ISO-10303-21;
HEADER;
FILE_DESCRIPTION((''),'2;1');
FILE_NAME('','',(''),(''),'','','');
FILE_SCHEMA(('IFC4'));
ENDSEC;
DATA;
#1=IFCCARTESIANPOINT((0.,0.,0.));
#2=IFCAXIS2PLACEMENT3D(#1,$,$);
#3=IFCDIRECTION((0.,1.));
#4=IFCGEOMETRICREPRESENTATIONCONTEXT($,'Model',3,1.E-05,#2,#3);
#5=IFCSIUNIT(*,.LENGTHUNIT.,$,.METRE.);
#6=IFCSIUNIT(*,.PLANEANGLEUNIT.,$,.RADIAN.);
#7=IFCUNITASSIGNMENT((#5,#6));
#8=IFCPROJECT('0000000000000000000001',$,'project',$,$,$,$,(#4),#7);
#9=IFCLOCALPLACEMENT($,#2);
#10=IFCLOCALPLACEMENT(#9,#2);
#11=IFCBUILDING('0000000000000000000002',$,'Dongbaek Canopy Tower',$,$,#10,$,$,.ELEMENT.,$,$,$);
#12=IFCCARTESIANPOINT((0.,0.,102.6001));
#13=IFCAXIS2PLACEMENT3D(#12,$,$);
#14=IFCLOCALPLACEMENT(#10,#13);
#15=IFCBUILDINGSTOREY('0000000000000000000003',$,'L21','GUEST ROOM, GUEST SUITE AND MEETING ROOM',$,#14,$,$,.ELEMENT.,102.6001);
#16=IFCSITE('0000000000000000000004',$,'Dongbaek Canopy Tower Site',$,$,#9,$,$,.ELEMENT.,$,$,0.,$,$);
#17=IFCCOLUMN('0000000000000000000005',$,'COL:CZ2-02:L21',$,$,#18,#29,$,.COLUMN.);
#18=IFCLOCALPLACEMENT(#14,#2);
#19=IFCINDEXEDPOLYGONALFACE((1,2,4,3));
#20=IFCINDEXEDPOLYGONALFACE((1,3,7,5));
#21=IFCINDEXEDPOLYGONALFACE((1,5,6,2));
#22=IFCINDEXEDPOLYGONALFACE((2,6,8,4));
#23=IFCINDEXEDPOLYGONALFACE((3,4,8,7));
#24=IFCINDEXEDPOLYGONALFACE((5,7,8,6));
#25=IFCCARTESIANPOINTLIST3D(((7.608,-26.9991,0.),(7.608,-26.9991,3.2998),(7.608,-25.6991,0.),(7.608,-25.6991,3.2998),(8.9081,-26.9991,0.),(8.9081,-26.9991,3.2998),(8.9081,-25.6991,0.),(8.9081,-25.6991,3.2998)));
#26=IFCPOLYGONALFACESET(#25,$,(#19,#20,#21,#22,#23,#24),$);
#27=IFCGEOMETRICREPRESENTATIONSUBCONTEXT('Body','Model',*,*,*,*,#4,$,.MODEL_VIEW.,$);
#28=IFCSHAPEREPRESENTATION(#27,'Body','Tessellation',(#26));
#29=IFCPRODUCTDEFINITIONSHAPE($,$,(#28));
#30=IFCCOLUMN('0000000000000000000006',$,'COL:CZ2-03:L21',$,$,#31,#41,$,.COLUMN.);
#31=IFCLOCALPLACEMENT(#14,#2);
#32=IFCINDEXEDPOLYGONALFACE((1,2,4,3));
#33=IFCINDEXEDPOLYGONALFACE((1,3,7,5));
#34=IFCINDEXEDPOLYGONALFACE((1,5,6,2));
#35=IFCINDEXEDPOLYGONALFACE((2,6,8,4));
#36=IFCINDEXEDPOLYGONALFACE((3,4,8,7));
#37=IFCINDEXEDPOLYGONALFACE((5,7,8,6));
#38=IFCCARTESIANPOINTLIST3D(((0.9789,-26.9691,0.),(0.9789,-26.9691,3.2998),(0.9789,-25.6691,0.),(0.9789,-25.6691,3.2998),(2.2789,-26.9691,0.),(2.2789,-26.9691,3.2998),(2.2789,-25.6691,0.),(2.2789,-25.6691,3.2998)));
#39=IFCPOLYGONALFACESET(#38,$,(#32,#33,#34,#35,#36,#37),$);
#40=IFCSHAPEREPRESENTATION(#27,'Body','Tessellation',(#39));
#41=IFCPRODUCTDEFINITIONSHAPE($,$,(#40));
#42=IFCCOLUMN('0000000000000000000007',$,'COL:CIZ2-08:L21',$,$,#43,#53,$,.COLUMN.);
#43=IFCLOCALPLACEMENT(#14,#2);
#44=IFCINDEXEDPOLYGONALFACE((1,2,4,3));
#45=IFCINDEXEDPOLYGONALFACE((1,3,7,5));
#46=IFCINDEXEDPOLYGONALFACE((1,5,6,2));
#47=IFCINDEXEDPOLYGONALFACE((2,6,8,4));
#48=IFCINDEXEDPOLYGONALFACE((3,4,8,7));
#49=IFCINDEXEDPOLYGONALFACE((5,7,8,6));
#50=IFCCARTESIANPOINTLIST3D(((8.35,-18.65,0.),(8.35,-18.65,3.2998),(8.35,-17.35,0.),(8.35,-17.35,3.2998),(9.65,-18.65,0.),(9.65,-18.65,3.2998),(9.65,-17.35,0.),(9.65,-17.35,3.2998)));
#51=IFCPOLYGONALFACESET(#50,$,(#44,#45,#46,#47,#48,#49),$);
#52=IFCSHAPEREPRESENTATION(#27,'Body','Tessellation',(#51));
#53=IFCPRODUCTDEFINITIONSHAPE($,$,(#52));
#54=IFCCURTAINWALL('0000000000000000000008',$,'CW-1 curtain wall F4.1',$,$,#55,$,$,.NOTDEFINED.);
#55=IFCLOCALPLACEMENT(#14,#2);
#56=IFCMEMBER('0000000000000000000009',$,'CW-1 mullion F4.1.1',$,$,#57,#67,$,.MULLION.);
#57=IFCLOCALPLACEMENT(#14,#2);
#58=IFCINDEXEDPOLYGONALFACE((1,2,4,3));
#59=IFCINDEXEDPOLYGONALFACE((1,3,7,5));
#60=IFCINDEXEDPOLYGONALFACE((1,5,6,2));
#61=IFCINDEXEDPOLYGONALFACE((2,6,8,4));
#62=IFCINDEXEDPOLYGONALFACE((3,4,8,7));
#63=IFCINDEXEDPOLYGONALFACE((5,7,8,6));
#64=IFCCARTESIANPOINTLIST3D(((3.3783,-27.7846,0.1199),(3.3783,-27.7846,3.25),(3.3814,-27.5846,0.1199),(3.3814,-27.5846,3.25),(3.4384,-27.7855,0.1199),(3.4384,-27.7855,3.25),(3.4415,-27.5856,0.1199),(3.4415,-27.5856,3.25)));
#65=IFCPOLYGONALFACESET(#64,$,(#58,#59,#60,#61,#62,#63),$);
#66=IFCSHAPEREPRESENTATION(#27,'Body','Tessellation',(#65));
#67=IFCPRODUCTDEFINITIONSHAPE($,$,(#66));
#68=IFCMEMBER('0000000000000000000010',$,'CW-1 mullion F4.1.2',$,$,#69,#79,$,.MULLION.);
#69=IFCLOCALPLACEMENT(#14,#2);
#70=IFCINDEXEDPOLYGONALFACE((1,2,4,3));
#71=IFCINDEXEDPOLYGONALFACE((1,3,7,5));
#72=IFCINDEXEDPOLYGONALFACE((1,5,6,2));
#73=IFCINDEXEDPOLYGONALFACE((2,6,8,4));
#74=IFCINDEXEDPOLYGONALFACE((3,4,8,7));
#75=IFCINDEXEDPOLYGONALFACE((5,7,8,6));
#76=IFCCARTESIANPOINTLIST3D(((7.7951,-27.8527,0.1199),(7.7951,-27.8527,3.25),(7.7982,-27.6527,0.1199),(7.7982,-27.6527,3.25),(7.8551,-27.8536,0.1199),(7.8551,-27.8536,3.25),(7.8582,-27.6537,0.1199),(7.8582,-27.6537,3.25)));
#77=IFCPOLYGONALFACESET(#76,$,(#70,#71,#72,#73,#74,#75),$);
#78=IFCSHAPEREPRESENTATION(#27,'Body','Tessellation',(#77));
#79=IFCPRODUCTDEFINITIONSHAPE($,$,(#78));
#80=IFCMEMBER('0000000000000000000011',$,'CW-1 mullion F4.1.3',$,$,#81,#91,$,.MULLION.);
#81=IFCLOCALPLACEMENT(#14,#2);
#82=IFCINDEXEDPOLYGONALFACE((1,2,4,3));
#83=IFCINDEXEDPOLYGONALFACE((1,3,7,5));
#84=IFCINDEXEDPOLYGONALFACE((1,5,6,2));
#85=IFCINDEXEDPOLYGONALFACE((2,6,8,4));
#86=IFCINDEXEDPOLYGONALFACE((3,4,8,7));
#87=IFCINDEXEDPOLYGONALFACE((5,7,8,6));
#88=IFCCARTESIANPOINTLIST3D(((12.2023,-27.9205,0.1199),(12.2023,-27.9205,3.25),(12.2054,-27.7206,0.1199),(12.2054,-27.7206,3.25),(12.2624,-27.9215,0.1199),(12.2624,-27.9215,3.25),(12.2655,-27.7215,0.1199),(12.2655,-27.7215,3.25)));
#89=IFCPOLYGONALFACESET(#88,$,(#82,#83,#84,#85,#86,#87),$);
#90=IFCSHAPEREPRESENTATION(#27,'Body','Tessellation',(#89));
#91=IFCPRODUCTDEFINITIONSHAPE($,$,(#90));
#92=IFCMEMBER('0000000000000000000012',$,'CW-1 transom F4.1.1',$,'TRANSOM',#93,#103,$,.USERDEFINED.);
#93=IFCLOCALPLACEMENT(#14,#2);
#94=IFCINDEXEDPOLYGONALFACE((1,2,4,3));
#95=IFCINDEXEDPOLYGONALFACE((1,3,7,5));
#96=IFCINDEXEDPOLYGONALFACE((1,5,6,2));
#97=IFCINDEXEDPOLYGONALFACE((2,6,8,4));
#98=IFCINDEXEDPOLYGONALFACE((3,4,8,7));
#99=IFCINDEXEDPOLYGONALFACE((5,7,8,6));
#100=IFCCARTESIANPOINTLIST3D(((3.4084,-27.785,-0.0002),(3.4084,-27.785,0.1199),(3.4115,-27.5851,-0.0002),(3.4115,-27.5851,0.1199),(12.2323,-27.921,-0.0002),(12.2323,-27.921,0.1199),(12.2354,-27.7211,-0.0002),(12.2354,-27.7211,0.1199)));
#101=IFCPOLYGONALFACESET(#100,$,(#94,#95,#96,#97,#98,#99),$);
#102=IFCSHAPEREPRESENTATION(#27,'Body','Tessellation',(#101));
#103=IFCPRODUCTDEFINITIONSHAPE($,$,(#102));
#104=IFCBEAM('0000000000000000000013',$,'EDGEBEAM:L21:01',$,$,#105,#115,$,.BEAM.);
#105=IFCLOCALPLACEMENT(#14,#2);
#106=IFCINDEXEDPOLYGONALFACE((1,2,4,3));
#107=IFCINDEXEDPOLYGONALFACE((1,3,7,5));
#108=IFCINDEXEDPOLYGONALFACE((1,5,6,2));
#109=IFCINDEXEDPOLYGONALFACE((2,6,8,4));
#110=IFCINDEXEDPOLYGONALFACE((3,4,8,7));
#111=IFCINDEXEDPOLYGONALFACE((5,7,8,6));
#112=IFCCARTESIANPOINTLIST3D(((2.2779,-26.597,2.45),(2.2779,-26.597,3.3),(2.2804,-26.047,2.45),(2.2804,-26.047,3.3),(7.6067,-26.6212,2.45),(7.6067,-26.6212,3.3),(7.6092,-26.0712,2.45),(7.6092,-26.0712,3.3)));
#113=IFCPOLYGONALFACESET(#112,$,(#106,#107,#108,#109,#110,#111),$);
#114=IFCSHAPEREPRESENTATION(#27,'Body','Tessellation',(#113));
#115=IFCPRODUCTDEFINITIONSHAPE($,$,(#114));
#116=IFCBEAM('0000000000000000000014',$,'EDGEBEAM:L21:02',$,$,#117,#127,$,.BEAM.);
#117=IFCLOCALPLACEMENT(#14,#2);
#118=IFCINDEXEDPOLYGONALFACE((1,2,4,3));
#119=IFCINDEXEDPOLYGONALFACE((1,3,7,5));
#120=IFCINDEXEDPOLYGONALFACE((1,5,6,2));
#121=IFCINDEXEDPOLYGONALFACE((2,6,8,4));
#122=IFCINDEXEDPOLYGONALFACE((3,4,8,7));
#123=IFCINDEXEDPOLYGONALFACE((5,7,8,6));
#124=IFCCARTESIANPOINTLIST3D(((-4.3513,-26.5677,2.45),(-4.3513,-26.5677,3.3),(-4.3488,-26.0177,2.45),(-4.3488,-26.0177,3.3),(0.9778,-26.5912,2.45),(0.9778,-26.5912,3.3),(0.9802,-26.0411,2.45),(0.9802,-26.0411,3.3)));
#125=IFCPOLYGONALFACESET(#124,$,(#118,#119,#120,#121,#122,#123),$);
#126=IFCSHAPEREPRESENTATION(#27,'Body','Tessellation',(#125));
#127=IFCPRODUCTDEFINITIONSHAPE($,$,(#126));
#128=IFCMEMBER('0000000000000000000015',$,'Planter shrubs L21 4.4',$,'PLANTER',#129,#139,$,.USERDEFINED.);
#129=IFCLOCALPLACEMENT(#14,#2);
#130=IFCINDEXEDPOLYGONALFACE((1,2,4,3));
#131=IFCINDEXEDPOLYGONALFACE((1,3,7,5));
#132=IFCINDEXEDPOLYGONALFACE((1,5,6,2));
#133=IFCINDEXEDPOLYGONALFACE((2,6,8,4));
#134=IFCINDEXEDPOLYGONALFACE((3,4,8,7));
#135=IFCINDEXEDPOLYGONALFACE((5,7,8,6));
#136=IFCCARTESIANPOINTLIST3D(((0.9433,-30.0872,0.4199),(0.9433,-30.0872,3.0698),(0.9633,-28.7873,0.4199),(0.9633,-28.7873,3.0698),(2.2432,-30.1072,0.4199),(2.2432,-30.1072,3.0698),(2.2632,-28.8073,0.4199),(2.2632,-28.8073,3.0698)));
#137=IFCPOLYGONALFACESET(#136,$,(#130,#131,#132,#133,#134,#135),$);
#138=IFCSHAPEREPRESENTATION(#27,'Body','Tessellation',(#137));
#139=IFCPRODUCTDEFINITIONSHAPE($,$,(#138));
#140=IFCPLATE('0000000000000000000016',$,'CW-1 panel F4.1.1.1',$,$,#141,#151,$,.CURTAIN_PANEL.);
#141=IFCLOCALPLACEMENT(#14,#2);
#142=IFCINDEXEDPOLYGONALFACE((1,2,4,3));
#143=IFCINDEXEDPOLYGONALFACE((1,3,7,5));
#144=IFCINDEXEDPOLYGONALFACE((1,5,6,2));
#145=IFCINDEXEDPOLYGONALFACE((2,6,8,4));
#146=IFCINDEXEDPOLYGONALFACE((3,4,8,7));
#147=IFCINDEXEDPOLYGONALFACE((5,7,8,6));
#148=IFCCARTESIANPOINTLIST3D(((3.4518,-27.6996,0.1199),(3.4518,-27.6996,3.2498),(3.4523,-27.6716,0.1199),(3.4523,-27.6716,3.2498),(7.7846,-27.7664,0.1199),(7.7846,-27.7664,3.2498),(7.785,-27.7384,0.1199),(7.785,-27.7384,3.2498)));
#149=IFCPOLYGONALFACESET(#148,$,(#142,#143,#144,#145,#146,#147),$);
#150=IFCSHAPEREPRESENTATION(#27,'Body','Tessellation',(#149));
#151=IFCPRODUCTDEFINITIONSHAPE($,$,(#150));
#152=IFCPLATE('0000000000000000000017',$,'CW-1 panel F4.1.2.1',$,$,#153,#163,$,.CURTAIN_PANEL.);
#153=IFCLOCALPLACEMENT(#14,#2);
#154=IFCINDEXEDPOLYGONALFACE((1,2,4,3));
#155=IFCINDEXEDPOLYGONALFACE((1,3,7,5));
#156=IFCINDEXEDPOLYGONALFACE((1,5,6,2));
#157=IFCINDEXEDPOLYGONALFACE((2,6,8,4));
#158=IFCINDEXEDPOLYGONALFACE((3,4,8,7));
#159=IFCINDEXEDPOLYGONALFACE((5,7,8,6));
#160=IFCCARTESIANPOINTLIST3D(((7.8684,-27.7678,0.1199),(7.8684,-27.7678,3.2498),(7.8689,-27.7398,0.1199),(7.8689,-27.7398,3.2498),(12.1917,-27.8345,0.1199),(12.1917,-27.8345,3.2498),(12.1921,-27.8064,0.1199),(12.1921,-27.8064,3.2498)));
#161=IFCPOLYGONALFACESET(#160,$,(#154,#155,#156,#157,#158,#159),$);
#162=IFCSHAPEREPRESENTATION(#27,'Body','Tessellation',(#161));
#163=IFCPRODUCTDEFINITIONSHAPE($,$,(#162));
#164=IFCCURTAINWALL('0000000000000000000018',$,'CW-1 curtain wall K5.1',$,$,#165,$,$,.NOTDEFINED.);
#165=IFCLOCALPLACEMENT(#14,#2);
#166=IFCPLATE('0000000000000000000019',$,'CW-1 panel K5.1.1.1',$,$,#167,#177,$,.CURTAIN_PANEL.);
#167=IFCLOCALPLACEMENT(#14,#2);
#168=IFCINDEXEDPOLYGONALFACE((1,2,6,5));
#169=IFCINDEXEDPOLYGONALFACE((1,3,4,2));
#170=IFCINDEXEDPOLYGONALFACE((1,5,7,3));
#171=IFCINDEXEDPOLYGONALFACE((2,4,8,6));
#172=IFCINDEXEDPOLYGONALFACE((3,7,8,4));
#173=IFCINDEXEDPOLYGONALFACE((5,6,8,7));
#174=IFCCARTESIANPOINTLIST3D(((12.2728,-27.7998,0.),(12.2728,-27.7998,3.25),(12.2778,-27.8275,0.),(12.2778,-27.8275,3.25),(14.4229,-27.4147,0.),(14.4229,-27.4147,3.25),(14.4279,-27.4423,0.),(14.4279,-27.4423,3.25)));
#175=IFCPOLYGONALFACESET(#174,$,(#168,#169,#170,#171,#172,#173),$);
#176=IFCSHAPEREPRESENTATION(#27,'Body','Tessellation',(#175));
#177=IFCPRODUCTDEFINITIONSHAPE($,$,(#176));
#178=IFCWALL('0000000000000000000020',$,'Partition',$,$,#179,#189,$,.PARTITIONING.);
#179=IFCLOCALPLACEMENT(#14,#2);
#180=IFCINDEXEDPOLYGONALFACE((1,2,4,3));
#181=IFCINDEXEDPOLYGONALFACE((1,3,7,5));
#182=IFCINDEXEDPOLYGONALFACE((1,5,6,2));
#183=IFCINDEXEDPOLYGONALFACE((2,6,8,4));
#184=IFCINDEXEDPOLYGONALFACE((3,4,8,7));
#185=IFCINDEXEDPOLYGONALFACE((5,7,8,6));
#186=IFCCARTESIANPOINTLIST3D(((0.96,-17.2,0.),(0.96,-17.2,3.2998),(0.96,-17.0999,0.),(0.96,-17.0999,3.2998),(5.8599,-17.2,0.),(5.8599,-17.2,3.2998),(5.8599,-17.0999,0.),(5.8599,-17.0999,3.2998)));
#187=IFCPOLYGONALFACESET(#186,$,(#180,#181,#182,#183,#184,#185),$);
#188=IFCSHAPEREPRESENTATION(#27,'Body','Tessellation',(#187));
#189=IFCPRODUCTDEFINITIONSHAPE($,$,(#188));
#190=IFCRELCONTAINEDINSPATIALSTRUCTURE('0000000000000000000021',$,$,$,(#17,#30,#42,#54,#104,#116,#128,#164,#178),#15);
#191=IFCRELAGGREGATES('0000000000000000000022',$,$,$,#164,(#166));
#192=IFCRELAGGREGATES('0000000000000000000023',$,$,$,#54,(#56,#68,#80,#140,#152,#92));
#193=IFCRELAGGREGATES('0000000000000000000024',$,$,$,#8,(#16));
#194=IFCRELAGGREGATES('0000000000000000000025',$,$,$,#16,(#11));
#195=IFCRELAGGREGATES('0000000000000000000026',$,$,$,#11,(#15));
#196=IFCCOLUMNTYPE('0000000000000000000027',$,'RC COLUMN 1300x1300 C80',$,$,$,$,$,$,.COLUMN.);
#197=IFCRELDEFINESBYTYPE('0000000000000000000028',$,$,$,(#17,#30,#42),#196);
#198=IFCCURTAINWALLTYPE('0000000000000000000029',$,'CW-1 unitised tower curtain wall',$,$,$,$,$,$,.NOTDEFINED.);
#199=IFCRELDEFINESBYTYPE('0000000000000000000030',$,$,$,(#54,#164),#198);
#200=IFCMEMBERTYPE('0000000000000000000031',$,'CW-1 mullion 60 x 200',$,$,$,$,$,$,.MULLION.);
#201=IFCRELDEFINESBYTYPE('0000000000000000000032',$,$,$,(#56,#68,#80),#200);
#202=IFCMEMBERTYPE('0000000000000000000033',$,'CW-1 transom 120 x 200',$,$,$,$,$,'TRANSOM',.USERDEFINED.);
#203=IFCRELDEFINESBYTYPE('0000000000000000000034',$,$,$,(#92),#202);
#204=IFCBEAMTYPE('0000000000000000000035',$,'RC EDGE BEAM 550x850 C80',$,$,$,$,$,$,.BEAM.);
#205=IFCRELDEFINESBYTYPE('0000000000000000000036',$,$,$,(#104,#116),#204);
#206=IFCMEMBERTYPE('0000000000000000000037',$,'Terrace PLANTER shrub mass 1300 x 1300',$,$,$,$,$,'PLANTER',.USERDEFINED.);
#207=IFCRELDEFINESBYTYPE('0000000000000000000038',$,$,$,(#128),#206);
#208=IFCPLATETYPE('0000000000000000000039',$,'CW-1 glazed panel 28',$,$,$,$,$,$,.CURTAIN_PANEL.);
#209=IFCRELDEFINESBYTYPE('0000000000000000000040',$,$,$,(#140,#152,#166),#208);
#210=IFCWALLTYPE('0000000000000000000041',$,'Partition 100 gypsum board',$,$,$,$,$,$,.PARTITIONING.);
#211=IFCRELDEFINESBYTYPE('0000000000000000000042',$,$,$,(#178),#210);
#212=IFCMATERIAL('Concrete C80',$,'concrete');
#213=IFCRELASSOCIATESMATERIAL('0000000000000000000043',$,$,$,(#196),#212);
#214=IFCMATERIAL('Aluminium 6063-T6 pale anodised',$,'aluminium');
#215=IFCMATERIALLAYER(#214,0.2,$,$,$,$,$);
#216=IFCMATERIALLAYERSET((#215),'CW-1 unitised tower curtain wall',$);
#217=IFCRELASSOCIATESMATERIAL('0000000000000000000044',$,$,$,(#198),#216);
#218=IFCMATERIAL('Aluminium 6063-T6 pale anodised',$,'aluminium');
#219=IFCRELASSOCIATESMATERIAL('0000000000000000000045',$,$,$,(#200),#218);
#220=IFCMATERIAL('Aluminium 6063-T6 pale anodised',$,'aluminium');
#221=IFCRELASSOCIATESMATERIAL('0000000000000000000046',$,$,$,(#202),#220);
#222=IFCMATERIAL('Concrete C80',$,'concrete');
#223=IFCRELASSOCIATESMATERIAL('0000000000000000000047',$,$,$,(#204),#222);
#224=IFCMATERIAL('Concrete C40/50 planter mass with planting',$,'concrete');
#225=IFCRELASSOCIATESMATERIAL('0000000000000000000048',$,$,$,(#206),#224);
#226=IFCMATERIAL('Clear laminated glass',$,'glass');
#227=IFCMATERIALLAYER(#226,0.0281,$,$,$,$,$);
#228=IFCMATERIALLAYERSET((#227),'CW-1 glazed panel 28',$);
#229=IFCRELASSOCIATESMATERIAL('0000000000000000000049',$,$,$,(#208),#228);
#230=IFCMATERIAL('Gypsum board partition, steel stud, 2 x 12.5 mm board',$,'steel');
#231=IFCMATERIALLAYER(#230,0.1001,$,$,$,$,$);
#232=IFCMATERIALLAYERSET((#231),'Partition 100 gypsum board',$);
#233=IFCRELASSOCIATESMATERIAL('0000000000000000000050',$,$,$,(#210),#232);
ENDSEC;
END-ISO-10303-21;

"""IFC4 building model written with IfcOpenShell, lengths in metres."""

from ifc_helpers import new_model, si_unit, direction, frame, frame_2d, origin, origin_2d, place, context, subcontext, project, spatial, rectangle, extrude, material, layer, layer_set, material_profile, profile_set, type_object, element, aggregate, save


model = new_model("IFC4")

# Units and contexts
model_context = context("Model", 3, precision=1e-05, world=origin(), true_north=direction((0.0, 1.0)))
body_context = subcontext(model_context, "Body", "Model", "MODEL_VIEW")
ifc_project = project(units=[si_unit("LENGTHUNIT", "METRE"), si_unit("PLANEANGLEUNIT", "RADIAN")], contexts=[model_context])

# Site, building, storey
site_placement = place(None, origin())
site = spatial("IfcSite", under=ifc_project, at=site_placement, Name="Dongbaek Canopy Tower Site", CompositionType="ELEMENT", RefElevation=0.0)
building_placement = place(site_placement, origin())
building = spatial("IfcBuilding", under=site, at=building_placement, Name="Dongbaek Canopy Tower", CompositionType="ELEMENT")
storey_placement = place(building_placement, frame((0.0, 0.0, 102.6001)))
storey = spatial("IfcBuildingStorey", under=building, at=storey_placement, Name="L21", Description="GUEST ROOM, GUEST SUITE AND MEETING ROOM", CompositionType="ELEMENT", Elevation=102.6001)

# Columns
ifc_material_1 = material(Name="Concrete C80", Category="concrete")
ifc_material_profile_1 = material_profile(ifc_material_1, rectangle(XDim=1.3, YDim=1.3, at=origin_2d()), Name="RC COLUMN 1300x1300 C80")
ifc_profile_set_1 = profile_set([ifc_material_profile_1], Name="Concrete C80")
column_type = type_object("IfcColumnType", Name="RC COLUMN 1300x1300 C80", PredefinedType="COLUMN", material=ifc_profile_set_1)
for number, where, z_axis, x_axis, name in (
    (1, (8.2581, -26.3491, 0.0), (0.0, 0.0, 1.0), (1.0, 0.0, 0.0), "COL:CZ2-02:L21"),
    (2, (1.6289, -26.3191, 0.0), (0.0, 0.0, 1.0), (1.0, 0.0, 0.0), "COL:CZ2-03:L21"),
    (3, (9.0, -18.0, 0.0), (0.0, 0.0, 1.0), (1.0, 0.0, 0.0), "COL:CIZ2-08:L21"),
):
    element("IfcColumn", number, at=place(storey_placement, frame(where, z_axis=z_axis, x_axis=x_axis)), inside=storey, type_object=column_type, Name=name, PredefinedType="COLUMN", context=body_context, shape_type="SweptSolid", body=[
        extrude(rectangle(XDim=1.3, YDim=1.3, at=origin_2d()), origin(), (0.0, 0.0, 1.0), 3.2998),
    ])

# Curtain wall, members
ifc_material_2 = material(Name="Aluminium 6063-T6 pale anodised", Category="aluminium")
ifc_layer_1 = layer(ifc_material_2, 0.2)
ifc_layer_set_1 = layer_set([ifc_layer_1], Name="CW-1 unitised tower curtain wall")
curtain_wall_type = type_object("IfcCurtainWallType", Name="CW-1 unitised tower curtain wall", PredefinedType="NOTDEFINED", material=ifc_layer_set_1)
curtain_wall_1_placement = place(storey_placement, origin())
curtain_wall_1 = element("IfcCurtainWall", 4, at=curtain_wall_1_placement, inside=storey, type_object=curtain_wall_type, Name="CW-1 curtain wall F4.1", PredefinedType="NOTDEFINED")
ifc_material_3 = material(Name="Aluminium 6063-T6 pale anodised", Category="aluminium")
ifc_material_profile_2 = material_profile(ifc_material_3, rectangle(XDim=0.2, YDim=0.0601, at=origin_2d()), Name="CW-1 mullion 60 x 200")
ifc_profile_set_2 = profile_set([ifc_material_profile_2], Name="Aluminium 6063-T6 pale anodised")
member_type_1 = type_object("IfcMemberType", Name="CW-1 mullion 60 x 200", PredefinedType="MULLION", material=ifc_profile_set_2)
member_1_placement = place(storey_placement, frame((3.4099, -27.6851, 0.1199), z_axis=(0.0, 0.0, 1.0), x_axis=(-0.015413, -0.999881, 0.0)))
member_1 = element("IfcMember", 5, at=member_1_placement, type_object=member_type_1, Name="CW-1 mullion F4.1.1", PredefinedType="MULLION", context=body_context, shape_type="SweptSolid", body=[
    extrude(rectangle(XDim=0.2, YDim=0.0601, at=origin_2d()), origin(), (0.0, 0.0, 1.0), 3.1301),
])
member_2_placement = place(storey_placement, frame((7.8267, -27.7532, 0.1199), z_axis=(0.0, 0.0, 1.0), x_axis=(-0.015413, -0.999881, 0.0)))
member_2 = element("IfcMember", 6, at=member_2_placement, type_object=member_type_1, Name="CW-1 mullion F4.1.2", PredefinedType="MULLION", context=body_context, shape_type="SweptSolid", body=[
    extrude(rectangle(XDim=0.2, YDim=0.0601, at=origin_2d()), origin(), (0.0, 0.0, 1.0), 3.1301),
])
member_3_placement = place(storey_placement, frame((12.2339, -27.821, 0.1199), z_axis=(0.0, 0.0, 1.0), x_axis=(-0.015413, -0.999881, 0.0)))
member_3 = element("IfcMember", 7, at=member_3_placement, type_object=member_type_1, Name="CW-1 mullion F4.1.3", PredefinedType="MULLION", context=body_context, shape_type="SweptSolid", body=[
    extrude(rectangle(XDim=0.2, YDim=0.0601, at=origin_2d()), origin(), (0.0, 0.0, 1.0), 3.1301),
])
ifc_material_4 = material(Name="Aluminium 6063-T6 pale anodised", Category="aluminium")
ifc_material_profile_3 = material_profile(ifc_material_4, rectangle(XDim=0.2, YDim=0.1201, at=origin_2d()), Name="CW-1 transom 120 x 200")
ifc_profile_set_3 = profile_set([ifc_material_profile_3], Name="Aluminium 6063-T6 pale anodised")
member_type_2 = type_object("IfcMemberType", Name="CW-1 transom 120 x 200", ElementType="TRANSOM", PredefinedType="USERDEFINED", material=ifc_profile_set_3)
member_4_placement = place(storey_placement, frame((3.4099, -27.6851, 0.0598), z_axis=(0.999881, -0.015409, 0.0), x_axis=(0.015409, 0.999881, 0.0)))
member_4 = element("IfcMember", 8, at=member_4_placement, type_object=member_type_2, Name="CW-1 transom F4.1.1", ObjectType="TRANSOM", PredefinedType="USERDEFINED", context=body_context, shape_type="SweptSolid", body=[
    extrude(rectangle(XDim=0.2, YDim=0.1201, at=origin_2d()), origin(), (0.0, 0.0, 1.0), 8.825),
])

# Beams
ifc_material_5 = material(Name="Concrete C80", Category="concrete")
ifc_material_profile_4 = material_profile(ifc_material_5, rectangle(XDim=0.55, YDim=0.8501, at=origin_2d()), Name="RC EDGE BEAM 550x850 C80")
ifc_profile_set_4 = profile_set([ifc_material_profile_4], Name="Concrete C80")
beam_type = type_object("IfcBeamType", Name="RC EDGE BEAM 550x850 C80", PredefinedType="BEAM", material=ifc_profile_set_4)
beam_1_placement = place(storey_placement, frame((7.6079, -26.3462, 2.875), z_axis=(-0.99999, 0.004536, 0.0), x_axis=(-0.004536, -0.99999, 0.0)))
element("IfcBeam", 9, at=beam_1_placement, inside=storey, type_object=beam_type, Name="EDGEBEAM:L21:01", PredefinedType="BEAM", context=body_context, shape_type="SweptSolid", body=[
    extrude(rectangle(XDim=0.55, YDim=0.8501, at=origin_2d()), origin(), (0.0, 0.0, 1.0), 5.3289),
])
beam_2_placement = place(storey_placement, frame((0.979, -26.3162, 2.875), z_axis=(-0.99999, 0.004398, 0.0), x_axis=(-0.004398, -0.99999, 0.0)))
element("IfcBeam", 10, at=beam_2_placement, inside=storey, type_object=beam_type, Name="EDGEBEAM:L21:02", PredefinedType="BEAM", context=body_context, shape_type="SweptSolid", body=[
    extrude(rectangle(XDim=0.55, YDim=0.8501, at=origin_2d()), origin(), (0.0, 0.0, 1.0), 5.3291),
])

# Member
ifc_material_6 = material(Name="Concrete C40/50 planter mass with planting", Category="concrete")
ifc_material_profile_5 = material_profile(ifc_material_6, rectangle(XDim=1.3, YDim=1.3, at=origin_2d()), Name="Terrace PLANTER shrub mass 1300 x 1300")
ifc_profile_set_5 = profile_set([ifc_material_profile_5], Name="Concrete C40/50 planter mass with planting")
member_type_3 = type_object("IfcMemberType", Name="Terrace PLANTER shrub mass 1300 x 1300", ElementType="PLANTER", PredefinedType="USERDEFINED", material=ifc_profile_set_5)
member_5_placement = place(storey_placement, frame((1.6033, -29.4473, 0.4199), z_axis=(0.0, 0.0, 1.0), x_axis=(-0.015413, -0.999881, 0.0)))
element("IfcMember", 11, at=member_5_placement, inside=storey, type_object=member_type_3, Name="Planter shrubs L21 4.4", ObjectType="PLANTER", PredefinedType="USERDEFINED", context=body_context, shape_type="SweptSolid", body=[
    extrude(rectangle(XDim=1.3, YDim=1.3, at=origin_2d()), origin(), (0.0, 0.0, 1.0), 2.6499),
])

# Plates
ifc_material_7 = material(Name="Clear laminated glass", Category="glass")
ifc_layer_2 = layer(ifc_material_7, 0.0281)
ifc_layer_set_2 = layer_set([ifc_layer_2], Name="CW-1 glazed panel 28")
plate_type = type_object("IfcPlateType", Name="CW-1 glazed panel 28", PredefinedType="CURTAIN_PANEL", material=ifc_layer_set_2)
plate_1_placement = place(storey_placement, frame((5.6184, -27.719, 0.1199), z_axis=(0.0, 0.0, 1.0), x_axis=(0.999881, -0.015413, 0.0)))
plate_1 = element("IfcPlate", 12, at=plate_1_placement, type_object=plate_type, Name="CW-1 panel F4.1.1.1", PredefinedType="CURTAIN_PANEL", context=body_context, shape_type="SweptSolid", body=[
    extrude(rectangle(XDim=4.3333, YDim=0.0281, at=origin_2d()), origin(), (0.0, 0.0, 1.0), 3.1299),
])
plate_2_placement = place(storey_placement, frame((10.0303, -27.7871, 0.1199), z_axis=(0.0, 0.0, 1.0), x_axis=(0.999881, -0.015413, 0.0)))
plate_2 = element("IfcPlate", 13, at=plate_2_placement, type_object=plate_type, Name="CW-1 panel F4.1.2.1", PredefinedType="CURTAIN_PANEL", context=body_context, shape_type="SweptSolid", body=[
    extrude(rectangle(XDim=4.3237, YDim=0.0281, at=origin_2d()), origin(), (0.0, 0.0, 1.0), 3.1299),
])

# Curtain wall, plate
curtain_wall_2_placement = place(storey_placement, origin())
curtain_wall_2 = element("IfcCurtainWall", 14, at=curtain_wall_2_placement, inside=storey, type_object=curtain_wall_type, Name="CW-1 curtain wall K5.1", PredefinedType="NOTDEFINED")
plate_3_placement = place(storey_placement, frame((13.3503, -27.6211, 0.0), z_axis=(0.0, 0.0, 1.0), x_axis=(0.984334, 0.176315, 0.0)))
plate_3 = element("IfcPlate", 15, at=plate_3_placement, type_object=plate_type, Name="CW-1 panel K5.1.1.1", PredefinedType="CURTAIN_PANEL", context=body_context, shape_type="SweptSolid", body=[
    extrude(rectangle(XDim=2.1843, YDim=0.0281, at=origin_2d()), origin(), (0.0, 0.0, 1.0), 3.25),
])
aggregate(curtain_wall_2, [plate_3])

# Wall
ifc_material_8 = material(Name="Gypsum board partition, steel stud, 2 x 12.5 mm board", Category="steel")
ifc_layer_3 = layer(ifc_material_8, 0.1001)
ifc_layer_set_3 = layer_set([ifc_layer_3], Name="Partition 100 gypsum board")
wall_type = type_object("IfcWallType", Name="Partition 100 gypsum board", PredefinedType="PARTITIONING", material=ifc_layer_set_3)
for number, where, z_axis, x_axis, name in (
    (16, (0.96, -17.1499, 0.0), (0.0, 0.0, 1.0), (1.0, 0.0, 0.0), "Partition"),
):
    element("IfcWall", number, at=place(storey_placement, frame(where, z_axis=z_axis, x_axis=x_axis)), inside=storey, type_object=wall_type, Name=name, PredefinedType="PARTITIONING", context=body_context, shape_type="SweptSolid", body=[
        extrude(rectangle(XDim=4.8999, YDim=0.1001, at=frame_2d((2.45, 0.0))), origin(), (0.0, 0.0, 1.0), 3.2998),
    ])

aggregate(curtain_wall_1, [member_1, member_2, member_3, plate_1, plate_2, member_4])

save(model, "model.ifc")
